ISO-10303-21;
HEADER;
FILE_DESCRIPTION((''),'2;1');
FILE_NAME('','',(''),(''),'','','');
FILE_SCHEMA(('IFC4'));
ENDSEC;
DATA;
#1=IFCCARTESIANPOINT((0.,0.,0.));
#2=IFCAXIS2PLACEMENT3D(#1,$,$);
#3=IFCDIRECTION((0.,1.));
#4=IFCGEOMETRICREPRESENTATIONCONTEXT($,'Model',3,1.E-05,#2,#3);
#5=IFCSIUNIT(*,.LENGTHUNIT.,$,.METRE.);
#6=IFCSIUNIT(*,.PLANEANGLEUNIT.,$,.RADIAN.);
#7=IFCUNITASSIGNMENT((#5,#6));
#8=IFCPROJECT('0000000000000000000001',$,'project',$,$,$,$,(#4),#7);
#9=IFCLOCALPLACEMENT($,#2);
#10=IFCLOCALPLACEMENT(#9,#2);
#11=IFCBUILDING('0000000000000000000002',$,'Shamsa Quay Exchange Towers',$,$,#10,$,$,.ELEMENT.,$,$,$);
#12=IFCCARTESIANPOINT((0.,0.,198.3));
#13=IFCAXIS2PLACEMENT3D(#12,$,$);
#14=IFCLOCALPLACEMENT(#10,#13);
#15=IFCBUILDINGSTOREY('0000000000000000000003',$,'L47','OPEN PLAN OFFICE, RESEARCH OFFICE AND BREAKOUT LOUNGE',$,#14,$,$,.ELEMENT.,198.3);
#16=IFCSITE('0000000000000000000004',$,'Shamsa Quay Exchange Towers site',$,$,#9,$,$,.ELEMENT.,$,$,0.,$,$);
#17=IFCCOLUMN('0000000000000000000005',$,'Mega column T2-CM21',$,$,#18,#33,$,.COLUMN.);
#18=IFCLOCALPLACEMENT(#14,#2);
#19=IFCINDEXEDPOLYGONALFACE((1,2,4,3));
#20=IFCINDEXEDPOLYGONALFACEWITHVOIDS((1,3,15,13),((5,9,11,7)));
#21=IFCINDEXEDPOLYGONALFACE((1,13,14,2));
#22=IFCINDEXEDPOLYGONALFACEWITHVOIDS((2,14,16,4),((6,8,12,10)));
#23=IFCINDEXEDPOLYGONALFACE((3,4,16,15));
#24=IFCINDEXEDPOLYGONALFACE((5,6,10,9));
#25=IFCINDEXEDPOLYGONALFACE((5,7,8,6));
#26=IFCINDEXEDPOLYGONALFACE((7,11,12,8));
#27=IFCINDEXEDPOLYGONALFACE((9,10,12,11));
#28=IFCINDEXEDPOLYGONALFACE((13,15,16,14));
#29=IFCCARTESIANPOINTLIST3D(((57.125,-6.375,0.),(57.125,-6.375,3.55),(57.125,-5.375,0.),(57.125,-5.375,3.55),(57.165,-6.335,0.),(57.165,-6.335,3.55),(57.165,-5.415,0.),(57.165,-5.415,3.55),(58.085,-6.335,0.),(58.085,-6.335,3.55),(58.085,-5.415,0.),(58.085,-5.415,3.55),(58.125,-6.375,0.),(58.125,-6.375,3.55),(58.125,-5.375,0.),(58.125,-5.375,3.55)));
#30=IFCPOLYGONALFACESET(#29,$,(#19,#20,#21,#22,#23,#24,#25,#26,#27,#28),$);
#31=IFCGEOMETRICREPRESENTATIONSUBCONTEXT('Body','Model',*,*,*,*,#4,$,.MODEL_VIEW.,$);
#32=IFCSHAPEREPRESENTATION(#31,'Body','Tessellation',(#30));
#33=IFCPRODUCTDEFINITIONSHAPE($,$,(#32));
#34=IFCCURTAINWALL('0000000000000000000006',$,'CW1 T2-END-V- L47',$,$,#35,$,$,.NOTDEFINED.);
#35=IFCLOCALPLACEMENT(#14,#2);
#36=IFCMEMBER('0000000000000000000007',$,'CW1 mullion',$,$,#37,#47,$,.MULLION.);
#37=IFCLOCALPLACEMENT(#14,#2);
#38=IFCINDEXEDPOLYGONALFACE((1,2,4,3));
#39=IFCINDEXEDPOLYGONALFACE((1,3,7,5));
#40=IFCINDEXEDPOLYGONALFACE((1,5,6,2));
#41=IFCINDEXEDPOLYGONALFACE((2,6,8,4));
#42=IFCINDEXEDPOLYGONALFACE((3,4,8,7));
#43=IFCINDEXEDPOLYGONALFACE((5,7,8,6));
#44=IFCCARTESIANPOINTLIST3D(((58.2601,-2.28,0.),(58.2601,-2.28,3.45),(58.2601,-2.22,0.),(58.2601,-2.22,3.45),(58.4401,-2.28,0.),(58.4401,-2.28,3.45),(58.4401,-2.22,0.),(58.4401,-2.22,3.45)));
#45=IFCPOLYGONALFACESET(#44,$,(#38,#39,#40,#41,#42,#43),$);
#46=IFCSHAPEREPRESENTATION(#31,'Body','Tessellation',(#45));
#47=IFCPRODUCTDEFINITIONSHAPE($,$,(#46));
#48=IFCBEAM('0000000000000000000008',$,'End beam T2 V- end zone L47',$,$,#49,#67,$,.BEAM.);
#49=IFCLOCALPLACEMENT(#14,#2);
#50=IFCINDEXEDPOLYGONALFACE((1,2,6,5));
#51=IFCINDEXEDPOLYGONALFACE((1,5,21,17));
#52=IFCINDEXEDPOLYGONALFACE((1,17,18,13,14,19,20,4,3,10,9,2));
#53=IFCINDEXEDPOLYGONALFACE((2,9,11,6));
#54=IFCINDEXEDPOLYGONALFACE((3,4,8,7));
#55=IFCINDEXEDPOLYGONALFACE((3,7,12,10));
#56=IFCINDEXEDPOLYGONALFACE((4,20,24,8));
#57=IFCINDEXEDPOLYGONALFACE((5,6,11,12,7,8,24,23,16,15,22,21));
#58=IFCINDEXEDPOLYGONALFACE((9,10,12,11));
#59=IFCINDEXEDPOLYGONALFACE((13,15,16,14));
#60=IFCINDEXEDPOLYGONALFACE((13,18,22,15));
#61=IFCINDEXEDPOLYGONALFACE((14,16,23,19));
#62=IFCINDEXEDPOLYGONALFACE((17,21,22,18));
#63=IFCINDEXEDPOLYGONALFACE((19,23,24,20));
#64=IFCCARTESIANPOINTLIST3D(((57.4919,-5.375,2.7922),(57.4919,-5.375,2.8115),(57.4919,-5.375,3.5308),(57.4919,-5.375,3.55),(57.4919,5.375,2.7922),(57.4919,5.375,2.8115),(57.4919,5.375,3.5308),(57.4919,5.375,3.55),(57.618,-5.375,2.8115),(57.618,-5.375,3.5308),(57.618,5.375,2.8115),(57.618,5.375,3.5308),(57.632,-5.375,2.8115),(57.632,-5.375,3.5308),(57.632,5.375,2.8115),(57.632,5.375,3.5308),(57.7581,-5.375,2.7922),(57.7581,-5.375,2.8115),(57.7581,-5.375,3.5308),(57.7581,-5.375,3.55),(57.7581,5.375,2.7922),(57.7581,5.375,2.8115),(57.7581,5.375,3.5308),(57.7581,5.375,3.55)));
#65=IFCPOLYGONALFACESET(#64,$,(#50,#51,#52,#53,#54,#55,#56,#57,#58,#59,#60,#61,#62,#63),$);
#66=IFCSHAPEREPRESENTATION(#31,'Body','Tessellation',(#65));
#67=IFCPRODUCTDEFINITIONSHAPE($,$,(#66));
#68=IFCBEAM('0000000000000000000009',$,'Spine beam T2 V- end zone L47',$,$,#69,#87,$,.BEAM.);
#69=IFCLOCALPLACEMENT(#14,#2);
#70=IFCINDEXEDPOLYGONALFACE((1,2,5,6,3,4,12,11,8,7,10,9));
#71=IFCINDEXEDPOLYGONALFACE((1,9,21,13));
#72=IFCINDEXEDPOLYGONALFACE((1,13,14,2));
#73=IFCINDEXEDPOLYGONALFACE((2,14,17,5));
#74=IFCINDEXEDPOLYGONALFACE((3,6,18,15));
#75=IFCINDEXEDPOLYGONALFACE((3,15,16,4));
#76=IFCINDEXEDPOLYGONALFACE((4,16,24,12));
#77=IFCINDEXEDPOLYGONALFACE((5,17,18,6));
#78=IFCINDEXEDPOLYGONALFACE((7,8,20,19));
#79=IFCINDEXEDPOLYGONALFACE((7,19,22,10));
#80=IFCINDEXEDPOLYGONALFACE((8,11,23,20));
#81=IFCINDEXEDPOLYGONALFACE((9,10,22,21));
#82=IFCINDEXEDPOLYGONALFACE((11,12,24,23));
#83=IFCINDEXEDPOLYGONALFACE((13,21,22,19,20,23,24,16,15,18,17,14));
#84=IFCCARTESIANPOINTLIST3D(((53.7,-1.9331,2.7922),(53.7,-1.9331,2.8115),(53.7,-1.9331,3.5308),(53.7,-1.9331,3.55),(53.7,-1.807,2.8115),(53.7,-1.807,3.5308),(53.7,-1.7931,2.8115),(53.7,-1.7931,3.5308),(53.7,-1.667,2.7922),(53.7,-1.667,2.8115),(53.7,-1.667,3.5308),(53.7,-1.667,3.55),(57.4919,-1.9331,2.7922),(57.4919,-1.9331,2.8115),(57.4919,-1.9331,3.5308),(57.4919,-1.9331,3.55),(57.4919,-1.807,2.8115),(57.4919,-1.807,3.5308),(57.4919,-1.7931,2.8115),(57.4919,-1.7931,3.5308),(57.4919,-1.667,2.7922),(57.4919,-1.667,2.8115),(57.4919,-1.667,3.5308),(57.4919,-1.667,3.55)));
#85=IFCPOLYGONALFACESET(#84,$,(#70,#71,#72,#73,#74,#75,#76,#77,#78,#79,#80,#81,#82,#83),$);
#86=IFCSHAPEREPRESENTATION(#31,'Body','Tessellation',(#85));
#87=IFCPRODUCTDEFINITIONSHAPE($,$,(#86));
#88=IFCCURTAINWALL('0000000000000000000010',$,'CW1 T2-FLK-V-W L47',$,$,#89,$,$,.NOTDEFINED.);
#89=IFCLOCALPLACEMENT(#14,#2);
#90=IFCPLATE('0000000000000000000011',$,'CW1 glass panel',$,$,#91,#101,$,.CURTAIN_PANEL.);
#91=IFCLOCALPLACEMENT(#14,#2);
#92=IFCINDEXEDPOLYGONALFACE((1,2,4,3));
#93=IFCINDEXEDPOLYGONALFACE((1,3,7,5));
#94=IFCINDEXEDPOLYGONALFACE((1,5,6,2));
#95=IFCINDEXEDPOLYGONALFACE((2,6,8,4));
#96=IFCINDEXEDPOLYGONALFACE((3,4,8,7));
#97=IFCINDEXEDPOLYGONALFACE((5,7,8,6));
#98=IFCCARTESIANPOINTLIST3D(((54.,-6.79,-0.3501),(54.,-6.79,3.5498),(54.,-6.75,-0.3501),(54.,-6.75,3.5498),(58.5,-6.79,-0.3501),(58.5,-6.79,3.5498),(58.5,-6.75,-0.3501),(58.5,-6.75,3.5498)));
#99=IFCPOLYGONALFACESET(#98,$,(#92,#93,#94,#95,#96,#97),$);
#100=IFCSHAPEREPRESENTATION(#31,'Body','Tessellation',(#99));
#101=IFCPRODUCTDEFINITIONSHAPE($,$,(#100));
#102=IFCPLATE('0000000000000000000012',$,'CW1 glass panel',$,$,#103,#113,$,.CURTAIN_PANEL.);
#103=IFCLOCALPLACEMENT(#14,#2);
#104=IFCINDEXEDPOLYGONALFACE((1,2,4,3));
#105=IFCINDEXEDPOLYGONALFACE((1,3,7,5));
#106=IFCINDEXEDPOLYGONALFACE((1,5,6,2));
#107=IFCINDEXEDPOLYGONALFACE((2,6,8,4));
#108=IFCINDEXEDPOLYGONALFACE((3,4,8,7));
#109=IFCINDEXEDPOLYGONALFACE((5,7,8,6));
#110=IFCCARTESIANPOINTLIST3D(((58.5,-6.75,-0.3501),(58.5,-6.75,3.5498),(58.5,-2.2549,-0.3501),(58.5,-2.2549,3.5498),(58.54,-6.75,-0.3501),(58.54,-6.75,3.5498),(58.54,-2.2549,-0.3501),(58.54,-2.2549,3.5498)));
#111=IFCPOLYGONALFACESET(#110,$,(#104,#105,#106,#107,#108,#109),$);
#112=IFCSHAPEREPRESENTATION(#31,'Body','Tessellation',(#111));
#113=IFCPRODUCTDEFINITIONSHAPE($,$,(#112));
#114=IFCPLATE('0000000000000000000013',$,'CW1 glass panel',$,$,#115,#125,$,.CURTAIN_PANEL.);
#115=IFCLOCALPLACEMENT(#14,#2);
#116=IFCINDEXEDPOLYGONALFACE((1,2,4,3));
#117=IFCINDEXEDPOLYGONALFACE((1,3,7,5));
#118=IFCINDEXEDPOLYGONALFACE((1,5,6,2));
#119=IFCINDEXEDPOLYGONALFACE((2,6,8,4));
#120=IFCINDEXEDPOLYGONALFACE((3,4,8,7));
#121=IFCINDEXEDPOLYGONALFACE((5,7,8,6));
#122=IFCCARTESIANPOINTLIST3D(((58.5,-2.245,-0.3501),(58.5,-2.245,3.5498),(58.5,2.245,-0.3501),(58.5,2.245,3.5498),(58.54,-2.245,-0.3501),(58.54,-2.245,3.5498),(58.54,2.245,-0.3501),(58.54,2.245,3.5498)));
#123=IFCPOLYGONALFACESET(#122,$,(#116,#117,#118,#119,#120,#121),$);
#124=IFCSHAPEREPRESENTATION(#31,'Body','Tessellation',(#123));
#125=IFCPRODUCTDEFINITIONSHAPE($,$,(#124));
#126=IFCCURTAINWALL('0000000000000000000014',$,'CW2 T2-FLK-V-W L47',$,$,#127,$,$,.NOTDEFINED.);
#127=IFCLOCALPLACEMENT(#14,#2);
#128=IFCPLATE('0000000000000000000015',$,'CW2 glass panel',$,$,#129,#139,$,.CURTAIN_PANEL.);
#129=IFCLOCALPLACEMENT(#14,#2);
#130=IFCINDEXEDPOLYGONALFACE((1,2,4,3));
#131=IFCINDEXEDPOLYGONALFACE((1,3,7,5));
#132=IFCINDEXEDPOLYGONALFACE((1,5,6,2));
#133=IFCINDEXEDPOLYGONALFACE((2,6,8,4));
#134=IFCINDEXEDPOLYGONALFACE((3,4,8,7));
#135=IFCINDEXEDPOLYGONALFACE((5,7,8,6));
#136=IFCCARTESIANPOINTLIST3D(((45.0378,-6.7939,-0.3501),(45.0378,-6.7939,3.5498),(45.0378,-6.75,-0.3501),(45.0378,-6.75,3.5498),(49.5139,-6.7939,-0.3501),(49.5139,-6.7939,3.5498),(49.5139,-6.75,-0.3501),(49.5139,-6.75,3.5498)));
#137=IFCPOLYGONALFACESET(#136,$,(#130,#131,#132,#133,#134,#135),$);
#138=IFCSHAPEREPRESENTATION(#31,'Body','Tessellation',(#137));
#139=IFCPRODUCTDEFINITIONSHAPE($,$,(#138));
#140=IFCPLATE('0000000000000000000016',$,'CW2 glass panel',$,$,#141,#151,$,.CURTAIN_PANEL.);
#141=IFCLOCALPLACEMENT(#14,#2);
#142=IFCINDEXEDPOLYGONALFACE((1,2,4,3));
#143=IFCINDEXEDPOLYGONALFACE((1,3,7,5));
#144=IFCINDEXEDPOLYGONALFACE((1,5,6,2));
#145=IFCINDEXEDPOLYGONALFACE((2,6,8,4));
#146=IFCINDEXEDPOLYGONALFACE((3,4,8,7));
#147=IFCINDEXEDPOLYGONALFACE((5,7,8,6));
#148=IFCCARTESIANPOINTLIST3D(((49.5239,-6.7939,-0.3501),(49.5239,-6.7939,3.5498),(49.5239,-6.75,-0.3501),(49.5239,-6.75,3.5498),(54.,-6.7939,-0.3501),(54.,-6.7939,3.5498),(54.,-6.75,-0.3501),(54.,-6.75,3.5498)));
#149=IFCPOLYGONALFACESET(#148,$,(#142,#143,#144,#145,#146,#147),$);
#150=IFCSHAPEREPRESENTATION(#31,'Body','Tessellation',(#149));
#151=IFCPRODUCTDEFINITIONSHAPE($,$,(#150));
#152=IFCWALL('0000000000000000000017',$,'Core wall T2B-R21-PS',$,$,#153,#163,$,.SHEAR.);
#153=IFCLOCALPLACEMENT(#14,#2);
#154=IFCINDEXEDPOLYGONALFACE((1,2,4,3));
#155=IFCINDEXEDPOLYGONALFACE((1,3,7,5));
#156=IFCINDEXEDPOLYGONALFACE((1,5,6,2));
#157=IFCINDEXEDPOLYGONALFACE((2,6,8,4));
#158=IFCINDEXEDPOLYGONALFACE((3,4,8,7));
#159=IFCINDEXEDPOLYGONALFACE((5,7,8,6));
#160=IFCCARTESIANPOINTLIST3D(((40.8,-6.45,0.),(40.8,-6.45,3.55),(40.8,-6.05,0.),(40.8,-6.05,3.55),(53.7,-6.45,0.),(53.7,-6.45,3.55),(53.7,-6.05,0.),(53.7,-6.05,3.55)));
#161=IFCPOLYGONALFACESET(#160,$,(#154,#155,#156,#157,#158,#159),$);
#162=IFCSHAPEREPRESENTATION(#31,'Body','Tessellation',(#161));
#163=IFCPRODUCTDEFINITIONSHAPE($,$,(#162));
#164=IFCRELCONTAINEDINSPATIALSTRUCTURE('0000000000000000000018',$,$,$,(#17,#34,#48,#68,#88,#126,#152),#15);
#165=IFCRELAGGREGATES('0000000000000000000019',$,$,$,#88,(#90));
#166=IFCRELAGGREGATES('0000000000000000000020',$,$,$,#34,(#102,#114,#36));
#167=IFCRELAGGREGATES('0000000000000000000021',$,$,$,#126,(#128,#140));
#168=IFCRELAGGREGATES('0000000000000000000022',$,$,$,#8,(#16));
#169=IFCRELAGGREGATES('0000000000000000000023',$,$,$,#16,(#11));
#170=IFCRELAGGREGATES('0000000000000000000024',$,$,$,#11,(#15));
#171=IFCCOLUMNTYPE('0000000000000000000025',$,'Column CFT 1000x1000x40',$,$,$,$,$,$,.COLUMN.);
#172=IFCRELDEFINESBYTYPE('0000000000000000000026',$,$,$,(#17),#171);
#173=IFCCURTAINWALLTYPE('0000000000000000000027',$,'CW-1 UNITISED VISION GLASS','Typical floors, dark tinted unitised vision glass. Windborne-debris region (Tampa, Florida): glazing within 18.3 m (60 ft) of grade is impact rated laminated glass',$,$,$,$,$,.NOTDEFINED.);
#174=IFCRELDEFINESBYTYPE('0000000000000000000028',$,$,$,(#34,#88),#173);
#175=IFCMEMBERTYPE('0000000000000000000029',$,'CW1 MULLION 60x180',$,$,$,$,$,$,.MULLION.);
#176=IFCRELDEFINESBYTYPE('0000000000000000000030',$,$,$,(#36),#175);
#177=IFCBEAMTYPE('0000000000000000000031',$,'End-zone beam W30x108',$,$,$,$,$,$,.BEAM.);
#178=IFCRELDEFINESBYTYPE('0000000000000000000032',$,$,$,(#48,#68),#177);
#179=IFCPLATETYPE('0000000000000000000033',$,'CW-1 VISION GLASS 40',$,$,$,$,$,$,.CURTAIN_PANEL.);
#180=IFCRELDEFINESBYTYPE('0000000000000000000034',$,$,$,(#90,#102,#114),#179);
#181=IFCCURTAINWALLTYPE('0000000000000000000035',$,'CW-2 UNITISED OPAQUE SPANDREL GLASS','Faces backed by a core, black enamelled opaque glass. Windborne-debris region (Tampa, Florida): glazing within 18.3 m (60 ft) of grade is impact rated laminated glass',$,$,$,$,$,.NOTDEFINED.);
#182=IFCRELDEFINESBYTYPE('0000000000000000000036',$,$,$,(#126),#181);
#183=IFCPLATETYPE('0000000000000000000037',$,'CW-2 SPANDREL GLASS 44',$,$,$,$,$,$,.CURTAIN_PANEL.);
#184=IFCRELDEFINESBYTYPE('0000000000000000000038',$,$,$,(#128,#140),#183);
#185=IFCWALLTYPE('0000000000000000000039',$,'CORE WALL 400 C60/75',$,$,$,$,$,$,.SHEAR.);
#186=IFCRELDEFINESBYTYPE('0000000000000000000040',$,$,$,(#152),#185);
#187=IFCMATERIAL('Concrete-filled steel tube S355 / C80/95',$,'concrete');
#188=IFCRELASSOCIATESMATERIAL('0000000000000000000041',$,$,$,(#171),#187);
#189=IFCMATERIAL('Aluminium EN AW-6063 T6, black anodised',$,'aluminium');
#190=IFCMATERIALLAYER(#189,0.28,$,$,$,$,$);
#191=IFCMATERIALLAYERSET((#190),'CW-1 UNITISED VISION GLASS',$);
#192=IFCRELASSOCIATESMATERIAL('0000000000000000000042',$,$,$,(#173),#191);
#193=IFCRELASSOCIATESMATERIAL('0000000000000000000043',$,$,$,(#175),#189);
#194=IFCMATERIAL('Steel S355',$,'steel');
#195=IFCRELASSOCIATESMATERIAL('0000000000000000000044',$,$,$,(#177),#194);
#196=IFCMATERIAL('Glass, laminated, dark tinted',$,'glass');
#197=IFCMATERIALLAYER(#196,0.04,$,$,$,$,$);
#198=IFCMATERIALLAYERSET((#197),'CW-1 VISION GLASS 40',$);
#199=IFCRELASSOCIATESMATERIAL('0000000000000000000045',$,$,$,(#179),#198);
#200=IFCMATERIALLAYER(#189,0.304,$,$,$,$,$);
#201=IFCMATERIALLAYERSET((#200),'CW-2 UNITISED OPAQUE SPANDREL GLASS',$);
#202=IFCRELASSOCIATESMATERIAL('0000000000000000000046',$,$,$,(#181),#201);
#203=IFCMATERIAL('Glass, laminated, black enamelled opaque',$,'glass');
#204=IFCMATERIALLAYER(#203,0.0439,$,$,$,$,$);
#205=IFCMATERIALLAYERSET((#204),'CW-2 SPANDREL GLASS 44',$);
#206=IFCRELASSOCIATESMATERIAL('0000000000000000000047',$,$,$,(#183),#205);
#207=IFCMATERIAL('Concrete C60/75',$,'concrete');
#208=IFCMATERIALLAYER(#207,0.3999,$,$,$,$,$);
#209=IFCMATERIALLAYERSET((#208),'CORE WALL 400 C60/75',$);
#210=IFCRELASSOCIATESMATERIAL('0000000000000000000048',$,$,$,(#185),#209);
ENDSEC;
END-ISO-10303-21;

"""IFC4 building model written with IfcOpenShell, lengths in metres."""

from ifc_helpers import new_model, si_unit, direction, frame, frame_2d, origin, origin_2d, place, context, subcontext, project, spatial, rectangle, hollow_rectangle, i_section, extrude, material, layer, layer_set, material_profile, profile_set, type_object, element, aggregate, save


model = new_model("IFC4")

# Units and contexts
model_context = context("Model", 3, precision=1e-05, world=origin(), true_north=direction((0.0, 1.0)))
body_context = subcontext(model_context, "Body", "Model", "MODEL_VIEW")
ifc_project = project(units=[si_unit("LENGTHUNIT", "METRE"), si_unit("PLANEANGLEUNIT", "RADIAN")], contexts=[model_context])

# Site, building, storey
site_placement = place(None, origin())
site = spatial("IfcSite", under=ifc_project, at=site_placement, Name="Shamsa Quay Exchange Towers site", CompositionType="ELEMENT", RefElevation=0.0)
building_placement = place(site_placement, origin())
building = spatial("IfcBuilding", under=site, at=building_placement, Name="Shamsa Quay Exchange Towers", CompositionType="ELEMENT")
storey_placement = place(building_placement, frame((0.0, 0.0, 198.3)))
storey = spatial("IfcBuildingStorey", under=building, at=storey_placement, Name="L47", Description="OPEN PLAN OFFICE, RESEARCH OFFICE AND BREAKOUT LOUNGE", CompositionType="ELEMENT", Elevation=198.3)

# Column
ifc_material_1 = material(Name="Concrete-filled steel tube S355 / C80/95", Category="concrete")
ifc_material_profile_1 = material_profile(ifc_material_1, hollow_rectangle(XDim=1.0, YDim=1.0, WallThickness=0.04, at=origin_2d()), Name="CFT 1000x1000x40")
ifc_profile_set_1 = profile_set([ifc_material_profile_1], Name="Concrete-filled steel tube S355 / C80/95")
column_type = type_object("IfcColumnType", Name="Column CFT 1000x1000x40", PredefinedType="COLUMN", material=ifc_profile_set_1)
column_placement = place(storey_placement, frame((57.625, -5.875, 0.0)))
element("IfcColumn", 1, at=column_placement, inside=storey, type_object=column_type, Name="Mega column T2-CM21", PredefinedType="COLUMN", context=body_context, shape_type="SweptSolid", body=[
    extrude(hollow_rectangle(XDim=1.0, YDim=1.0, WallThickness=0.04, at=origin_2d()), origin(), (0.0, 0.0, 1.0), 3.55),
])

# Curtain wall, member
ifc_material_2 = material(Name="Aluminium EN AW-6063 T6, black anodised", Category="aluminium")
ifc_layer_1 = layer(ifc_material_2, 0.28)
ifc_layer_set_1 = layer_set([ifc_layer_1], Name="CW-1 UNITISED VISION GLASS")
curtain_wall_type_1 = type_object("IfcCurtainWallType", Name="CW-1 UNITISED VISION GLASS", Description="Typical floors, dark tinted unitised vision glass. Windborne-debris region (Tampa, Florida): glazing within 18.3 m (60 ft) of grade is impact rated laminated glass", PredefinedType="NOTDEFINED", material=ifc_layer_set_1)
curtain_wall_1_placement = place(storey_placement, origin())
curtain_wall_1 = element("IfcCurtainWall", 2, at=curtain_wall_1_placement, inside=storey, type_object=curtain_wall_type_1, Name="CW1 T2-END-V- L47", PredefinedType="NOTDEFINED")
ifc_material_profile_2 = material_profile(ifc_material_2, rectangle(XDim=0.1799, YDim=0.0601, at=origin_2d()), Name="MU60x180")
ifc_profile_set_2 = profile_set([ifc_material_profile_2], Name="Aluminium EN AW-6063 T6, black anodised")
member_type = type_object("IfcMemberType", Name="CW1 MULLION 60x180", PredefinedType="MULLION", material=ifc_profile_set_2)
member_placement = place(storey_placement, frame((58.3501, -2.25, 0.0), z_axis=(0.0, 0.0, 1.0), x_axis=(-1.0, 0.0, 0.0)))
member = element("IfcMember", 3, at=member_placement, type_object=member_type, Name="CW1 mullion", PredefinedType="MULLION", context=body_context, shape_type="SweptSolid", body=[
    extrude(rectangle(XDim=0.1799, YDim=0.0601, at=origin_2d()), origin(), (0.0, 0.0, 1.0), 3.45),
])

# Beams
ifc_material_3 = material(Name="Steel S355", Category="steel")
ifc_material_profile_3 = material_profile(ifc_material_3, i_section(OverallWidth=0.2661, OverallDepth=0.7578, WebThickness=0.0139, FlangeThickness=0.0193, at=origin_2d()), Name="W30x108")
ifc_profile_set_3 = profile_set([ifc_material_profile_3], Name="Steel S355")
beam_type = type_object("IfcBeamType", Name="End-zone beam W30x108", PredefinedType="BEAM", material=ifc_profile_set_3)
beam_1_placement = place(storey_placement, frame((57.625, -5.375, 3.1711), z_axis=(0.0, 1.0, 0.0), x_axis=(-1.0, 0.0, 0.0)))
element("IfcBeam", 4, at=beam_1_placement, inside=storey, type_object=beam_type, Name="End beam T2 V- end zone L47", PredefinedType="BEAM", context=body_context, shape_type="SweptSolid", body=[
    extrude(i_section(OverallWidth=0.2661, OverallDepth=0.7578, WebThickness=0.0139, FlangeThickness=0.0193, at=origin_2d()), origin(), (0.0, 0.0, 1.0), 10.75),
])
beam_2_placement = place(storey_placement, frame((53.7, -1.8, 3.1711), z_axis=(1.0, 0.0, 0.0), x_axis=(0.0, 1.0, 0.0)))
element("IfcBeam", 5, at=beam_2_placement, inside=storey, type_object=beam_type, Name="Spine beam T2 V- end zone L47", PredefinedType="BEAM", context=body_context, shape_type="SweptSolid", body=[
    extrude(i_section(OverallWidth=0.2661, OverallDepth=0.7578, WebThickness=0.0139, FlangeThickness=0.0193, at=origin_2d()), origin(), (0.0, 0.0, 1.0), 3.792),
])

# Curtain wall, plate
curtain_wall_2_placement = place(storey_placement, origin())
curtain_wall_2 = element("IfcCurtainWall", 6, at=curtain_wall_2_placement, inside=storey, type_object=curtain_wall_type_1, Name="CW1 T2-FLK-V-W L47", PredefinedType="NOTDEFINED")
ifc_material_4 = material(Name="Glass, laminated, dark tinted", Category="glass")
ifc_layer_2 = layer(ifc_material_4, 0.04)
ifc_layer_set_2 = layer_set([ifc_layer_2], Name="CW-1 VISION GLASS 40")
plate_type_1 = type_object("IfcPlateType", Name="CW-1 VISION GLASS 40", PredefinedType="CURTAIN_PANEL", material=ifc_layer_set_2)
plate_1_placement = place(storey_placement, frame((56.25, -6.77, -0.3501)))
plate_1 = element("IfcPlate", 7, at=plate_1_placement, type_object=plate_type_1, Name="CW1 glass panel", PredefinedType="CURTAIN_PANEL", context=body_context, shape_type="SweptSolid", body=[
    extrude(rectangle(XDim=4.5, YDim=0.04, at=origin_2d()), origin(), (0.0, 0.0, 1.0), 3.8999),
])
aggregate(curtain_wall_2, [plate_1])

# Plates
plate_2_placement = place(storey_placement, frame((58.52, -4.5024, -0.3501), z_axis=(0.0, 0.0, 1.0), x_axis=(0.0, 1.0, 0.0)))
plate_2 = element("IfcPlate", 8, at=plate_2_placement, type_object=plate_type_1, Name="CW1 glass panel", PredefinedType="CURTAIN_PANEL", context=body_context, shape_type="SweptSolid", body=[
    extrude(rectangle(XDim=4.4951, YDim=0.04, at=origin_2d()), origin(), (0.0, 0.0, 1.0), 3.8999),
])
plate_3_placement = place(storey_placement, frame((58.52, 0.0, -0.3501), z_axis=(0.0, 0.0, 1.0), x_axis=(0.0, 1.0, 0.0)))
plate_3 = element("IfcPlate", 9, at=plate_3_placement, type_object=plate_type_1, Name="CW1 glass panel", PredefinedType="CURTAIN_PANEL", context=body_context, shape_type="SweptSolid", body=[
    extrude(rectangle(XDim=4.49, YDim=0.04, at=origin_2d()), origin(), (0.0, 0.0, 1.0), 3.8999),
])
aggregate(curtain_wall_1, [plate_2, plate_3, member])

# Curtain wall, plates
ifc_layer_3 = layer(ifc_material_2, 0.304)
ifc_layer_set_3 = layer_set([ifc_layer_3], Name="CW-2 UNITISED OPAQUE SPANDREL GLASS")
curtain_wall_type_2 = type_object("IfcCurtainWallType", Name="CW-2 UNITISED OPAQUE SPANDREL GLASS", Description="Faces backed by a core, black enamelled opaque glass. Windborne-debris region (Tampa, Florida): glazing within 18.3 m (60 ft) of grade is impact rated laminated glass", PredefinedType="NOTDEFINED", material=ifc_layer_set_3)
curtain_wall_3_placement = place(storey_placement, origin())
curtain_wall_3 = element("IfcCurtainWall", 10, at=curtain_wall_3_placement, inside=storey, type_object=curtain_wall_type_2, Name="CW2 T2-FLK-V-W L47", PredefinedType="NOTDEFINED")
ifc_material_5 = material(Name="Glass, laminated, black enamelled opaque", Category="glass")
ifc_layer_4 = layer(ifc_material_5, 0.0439)
ifc_layer_set_4 = layer_set([ifc_layer_4], Name="CW-2 SPANDREL GLASS 44")
plate_type_2 = type_object("IfcPlateType", Name="CW-2 SPANDREL GLASS 44", PredefinedType="CURTAIN_PANEL", material=ifc_layer_set_4)
plate_4_placement = place(storey_placement, frame((47.2759, -6.772, -0.3501)))
plate_4 = element("IfcPlate", 11, at=plate_4_placement, type_object=plate_type_2, Name="CW2 glass panel", PredefinedType="CURTAIN_PANEL", context=body_context, shape_type="SweptSolid", body=[
    extrude(rectangle(XDim=4.4761, YDim=0.0439, at=origin_2d()), origin(), (0.0, 0.0, 1.0), 3.8999),
])
plate_5_placement = place(storey_placement, frame((51.762, -6.772, -0.3501)))
plate_5 = element("IfcPlate", 12, at=plate_5_placement, type_object=plate_type_2, Name="CW2 glass panel", PredefinedType="CURTAIN_PANEL", context=body_context, shape_type="SweptSolid", body=[
    extrude(rectangle(XDim=4.4761, YDim=0.0439, at=origin_2d()), origin(), (0.0, 0.0, 1.0), 3.8999),
])
aggregate(curtain_wall_3, [plate_4, plate_5])

# Wall
ifc_material_6 = material(Name="Concrete C60/75", Category="concrete")
ifc_layer_5 = layer(ifc_material_6, 0.3999)
ifc_layer_set_5 = layer_set([ifc_layer_5], Name="CORE WALL 400 C60/75")
wall_type_1 = type_object("IfcWallType", Name="CORE WALL 400 C60/75", PredefinedType="SHEAR", material=ifc_layer_set_5)
wall_1_placement = place(storey_placement, frame((53.7, -6.25, 0.0), z_axis=(0.0, 0.0, 1.0), x_axis=(-1.0, 0.0, 0.0)))
element("IfcWall", 13, at=wall_1_placement, inside=storey, type_object=wall_type_1, Name="Core wall T2B-R21-PS", PredefinedType="SHEAR", context=body_context, shape_type="SweptSolid", body=[
    extrude(rectangle(XDim=12.8999, YDim=0.3999, at=frame_2d((6.45, 0.0))), origin(), (0.0, 0.0, 1.0), 3.55),
])

save(model, "model.ifc")
